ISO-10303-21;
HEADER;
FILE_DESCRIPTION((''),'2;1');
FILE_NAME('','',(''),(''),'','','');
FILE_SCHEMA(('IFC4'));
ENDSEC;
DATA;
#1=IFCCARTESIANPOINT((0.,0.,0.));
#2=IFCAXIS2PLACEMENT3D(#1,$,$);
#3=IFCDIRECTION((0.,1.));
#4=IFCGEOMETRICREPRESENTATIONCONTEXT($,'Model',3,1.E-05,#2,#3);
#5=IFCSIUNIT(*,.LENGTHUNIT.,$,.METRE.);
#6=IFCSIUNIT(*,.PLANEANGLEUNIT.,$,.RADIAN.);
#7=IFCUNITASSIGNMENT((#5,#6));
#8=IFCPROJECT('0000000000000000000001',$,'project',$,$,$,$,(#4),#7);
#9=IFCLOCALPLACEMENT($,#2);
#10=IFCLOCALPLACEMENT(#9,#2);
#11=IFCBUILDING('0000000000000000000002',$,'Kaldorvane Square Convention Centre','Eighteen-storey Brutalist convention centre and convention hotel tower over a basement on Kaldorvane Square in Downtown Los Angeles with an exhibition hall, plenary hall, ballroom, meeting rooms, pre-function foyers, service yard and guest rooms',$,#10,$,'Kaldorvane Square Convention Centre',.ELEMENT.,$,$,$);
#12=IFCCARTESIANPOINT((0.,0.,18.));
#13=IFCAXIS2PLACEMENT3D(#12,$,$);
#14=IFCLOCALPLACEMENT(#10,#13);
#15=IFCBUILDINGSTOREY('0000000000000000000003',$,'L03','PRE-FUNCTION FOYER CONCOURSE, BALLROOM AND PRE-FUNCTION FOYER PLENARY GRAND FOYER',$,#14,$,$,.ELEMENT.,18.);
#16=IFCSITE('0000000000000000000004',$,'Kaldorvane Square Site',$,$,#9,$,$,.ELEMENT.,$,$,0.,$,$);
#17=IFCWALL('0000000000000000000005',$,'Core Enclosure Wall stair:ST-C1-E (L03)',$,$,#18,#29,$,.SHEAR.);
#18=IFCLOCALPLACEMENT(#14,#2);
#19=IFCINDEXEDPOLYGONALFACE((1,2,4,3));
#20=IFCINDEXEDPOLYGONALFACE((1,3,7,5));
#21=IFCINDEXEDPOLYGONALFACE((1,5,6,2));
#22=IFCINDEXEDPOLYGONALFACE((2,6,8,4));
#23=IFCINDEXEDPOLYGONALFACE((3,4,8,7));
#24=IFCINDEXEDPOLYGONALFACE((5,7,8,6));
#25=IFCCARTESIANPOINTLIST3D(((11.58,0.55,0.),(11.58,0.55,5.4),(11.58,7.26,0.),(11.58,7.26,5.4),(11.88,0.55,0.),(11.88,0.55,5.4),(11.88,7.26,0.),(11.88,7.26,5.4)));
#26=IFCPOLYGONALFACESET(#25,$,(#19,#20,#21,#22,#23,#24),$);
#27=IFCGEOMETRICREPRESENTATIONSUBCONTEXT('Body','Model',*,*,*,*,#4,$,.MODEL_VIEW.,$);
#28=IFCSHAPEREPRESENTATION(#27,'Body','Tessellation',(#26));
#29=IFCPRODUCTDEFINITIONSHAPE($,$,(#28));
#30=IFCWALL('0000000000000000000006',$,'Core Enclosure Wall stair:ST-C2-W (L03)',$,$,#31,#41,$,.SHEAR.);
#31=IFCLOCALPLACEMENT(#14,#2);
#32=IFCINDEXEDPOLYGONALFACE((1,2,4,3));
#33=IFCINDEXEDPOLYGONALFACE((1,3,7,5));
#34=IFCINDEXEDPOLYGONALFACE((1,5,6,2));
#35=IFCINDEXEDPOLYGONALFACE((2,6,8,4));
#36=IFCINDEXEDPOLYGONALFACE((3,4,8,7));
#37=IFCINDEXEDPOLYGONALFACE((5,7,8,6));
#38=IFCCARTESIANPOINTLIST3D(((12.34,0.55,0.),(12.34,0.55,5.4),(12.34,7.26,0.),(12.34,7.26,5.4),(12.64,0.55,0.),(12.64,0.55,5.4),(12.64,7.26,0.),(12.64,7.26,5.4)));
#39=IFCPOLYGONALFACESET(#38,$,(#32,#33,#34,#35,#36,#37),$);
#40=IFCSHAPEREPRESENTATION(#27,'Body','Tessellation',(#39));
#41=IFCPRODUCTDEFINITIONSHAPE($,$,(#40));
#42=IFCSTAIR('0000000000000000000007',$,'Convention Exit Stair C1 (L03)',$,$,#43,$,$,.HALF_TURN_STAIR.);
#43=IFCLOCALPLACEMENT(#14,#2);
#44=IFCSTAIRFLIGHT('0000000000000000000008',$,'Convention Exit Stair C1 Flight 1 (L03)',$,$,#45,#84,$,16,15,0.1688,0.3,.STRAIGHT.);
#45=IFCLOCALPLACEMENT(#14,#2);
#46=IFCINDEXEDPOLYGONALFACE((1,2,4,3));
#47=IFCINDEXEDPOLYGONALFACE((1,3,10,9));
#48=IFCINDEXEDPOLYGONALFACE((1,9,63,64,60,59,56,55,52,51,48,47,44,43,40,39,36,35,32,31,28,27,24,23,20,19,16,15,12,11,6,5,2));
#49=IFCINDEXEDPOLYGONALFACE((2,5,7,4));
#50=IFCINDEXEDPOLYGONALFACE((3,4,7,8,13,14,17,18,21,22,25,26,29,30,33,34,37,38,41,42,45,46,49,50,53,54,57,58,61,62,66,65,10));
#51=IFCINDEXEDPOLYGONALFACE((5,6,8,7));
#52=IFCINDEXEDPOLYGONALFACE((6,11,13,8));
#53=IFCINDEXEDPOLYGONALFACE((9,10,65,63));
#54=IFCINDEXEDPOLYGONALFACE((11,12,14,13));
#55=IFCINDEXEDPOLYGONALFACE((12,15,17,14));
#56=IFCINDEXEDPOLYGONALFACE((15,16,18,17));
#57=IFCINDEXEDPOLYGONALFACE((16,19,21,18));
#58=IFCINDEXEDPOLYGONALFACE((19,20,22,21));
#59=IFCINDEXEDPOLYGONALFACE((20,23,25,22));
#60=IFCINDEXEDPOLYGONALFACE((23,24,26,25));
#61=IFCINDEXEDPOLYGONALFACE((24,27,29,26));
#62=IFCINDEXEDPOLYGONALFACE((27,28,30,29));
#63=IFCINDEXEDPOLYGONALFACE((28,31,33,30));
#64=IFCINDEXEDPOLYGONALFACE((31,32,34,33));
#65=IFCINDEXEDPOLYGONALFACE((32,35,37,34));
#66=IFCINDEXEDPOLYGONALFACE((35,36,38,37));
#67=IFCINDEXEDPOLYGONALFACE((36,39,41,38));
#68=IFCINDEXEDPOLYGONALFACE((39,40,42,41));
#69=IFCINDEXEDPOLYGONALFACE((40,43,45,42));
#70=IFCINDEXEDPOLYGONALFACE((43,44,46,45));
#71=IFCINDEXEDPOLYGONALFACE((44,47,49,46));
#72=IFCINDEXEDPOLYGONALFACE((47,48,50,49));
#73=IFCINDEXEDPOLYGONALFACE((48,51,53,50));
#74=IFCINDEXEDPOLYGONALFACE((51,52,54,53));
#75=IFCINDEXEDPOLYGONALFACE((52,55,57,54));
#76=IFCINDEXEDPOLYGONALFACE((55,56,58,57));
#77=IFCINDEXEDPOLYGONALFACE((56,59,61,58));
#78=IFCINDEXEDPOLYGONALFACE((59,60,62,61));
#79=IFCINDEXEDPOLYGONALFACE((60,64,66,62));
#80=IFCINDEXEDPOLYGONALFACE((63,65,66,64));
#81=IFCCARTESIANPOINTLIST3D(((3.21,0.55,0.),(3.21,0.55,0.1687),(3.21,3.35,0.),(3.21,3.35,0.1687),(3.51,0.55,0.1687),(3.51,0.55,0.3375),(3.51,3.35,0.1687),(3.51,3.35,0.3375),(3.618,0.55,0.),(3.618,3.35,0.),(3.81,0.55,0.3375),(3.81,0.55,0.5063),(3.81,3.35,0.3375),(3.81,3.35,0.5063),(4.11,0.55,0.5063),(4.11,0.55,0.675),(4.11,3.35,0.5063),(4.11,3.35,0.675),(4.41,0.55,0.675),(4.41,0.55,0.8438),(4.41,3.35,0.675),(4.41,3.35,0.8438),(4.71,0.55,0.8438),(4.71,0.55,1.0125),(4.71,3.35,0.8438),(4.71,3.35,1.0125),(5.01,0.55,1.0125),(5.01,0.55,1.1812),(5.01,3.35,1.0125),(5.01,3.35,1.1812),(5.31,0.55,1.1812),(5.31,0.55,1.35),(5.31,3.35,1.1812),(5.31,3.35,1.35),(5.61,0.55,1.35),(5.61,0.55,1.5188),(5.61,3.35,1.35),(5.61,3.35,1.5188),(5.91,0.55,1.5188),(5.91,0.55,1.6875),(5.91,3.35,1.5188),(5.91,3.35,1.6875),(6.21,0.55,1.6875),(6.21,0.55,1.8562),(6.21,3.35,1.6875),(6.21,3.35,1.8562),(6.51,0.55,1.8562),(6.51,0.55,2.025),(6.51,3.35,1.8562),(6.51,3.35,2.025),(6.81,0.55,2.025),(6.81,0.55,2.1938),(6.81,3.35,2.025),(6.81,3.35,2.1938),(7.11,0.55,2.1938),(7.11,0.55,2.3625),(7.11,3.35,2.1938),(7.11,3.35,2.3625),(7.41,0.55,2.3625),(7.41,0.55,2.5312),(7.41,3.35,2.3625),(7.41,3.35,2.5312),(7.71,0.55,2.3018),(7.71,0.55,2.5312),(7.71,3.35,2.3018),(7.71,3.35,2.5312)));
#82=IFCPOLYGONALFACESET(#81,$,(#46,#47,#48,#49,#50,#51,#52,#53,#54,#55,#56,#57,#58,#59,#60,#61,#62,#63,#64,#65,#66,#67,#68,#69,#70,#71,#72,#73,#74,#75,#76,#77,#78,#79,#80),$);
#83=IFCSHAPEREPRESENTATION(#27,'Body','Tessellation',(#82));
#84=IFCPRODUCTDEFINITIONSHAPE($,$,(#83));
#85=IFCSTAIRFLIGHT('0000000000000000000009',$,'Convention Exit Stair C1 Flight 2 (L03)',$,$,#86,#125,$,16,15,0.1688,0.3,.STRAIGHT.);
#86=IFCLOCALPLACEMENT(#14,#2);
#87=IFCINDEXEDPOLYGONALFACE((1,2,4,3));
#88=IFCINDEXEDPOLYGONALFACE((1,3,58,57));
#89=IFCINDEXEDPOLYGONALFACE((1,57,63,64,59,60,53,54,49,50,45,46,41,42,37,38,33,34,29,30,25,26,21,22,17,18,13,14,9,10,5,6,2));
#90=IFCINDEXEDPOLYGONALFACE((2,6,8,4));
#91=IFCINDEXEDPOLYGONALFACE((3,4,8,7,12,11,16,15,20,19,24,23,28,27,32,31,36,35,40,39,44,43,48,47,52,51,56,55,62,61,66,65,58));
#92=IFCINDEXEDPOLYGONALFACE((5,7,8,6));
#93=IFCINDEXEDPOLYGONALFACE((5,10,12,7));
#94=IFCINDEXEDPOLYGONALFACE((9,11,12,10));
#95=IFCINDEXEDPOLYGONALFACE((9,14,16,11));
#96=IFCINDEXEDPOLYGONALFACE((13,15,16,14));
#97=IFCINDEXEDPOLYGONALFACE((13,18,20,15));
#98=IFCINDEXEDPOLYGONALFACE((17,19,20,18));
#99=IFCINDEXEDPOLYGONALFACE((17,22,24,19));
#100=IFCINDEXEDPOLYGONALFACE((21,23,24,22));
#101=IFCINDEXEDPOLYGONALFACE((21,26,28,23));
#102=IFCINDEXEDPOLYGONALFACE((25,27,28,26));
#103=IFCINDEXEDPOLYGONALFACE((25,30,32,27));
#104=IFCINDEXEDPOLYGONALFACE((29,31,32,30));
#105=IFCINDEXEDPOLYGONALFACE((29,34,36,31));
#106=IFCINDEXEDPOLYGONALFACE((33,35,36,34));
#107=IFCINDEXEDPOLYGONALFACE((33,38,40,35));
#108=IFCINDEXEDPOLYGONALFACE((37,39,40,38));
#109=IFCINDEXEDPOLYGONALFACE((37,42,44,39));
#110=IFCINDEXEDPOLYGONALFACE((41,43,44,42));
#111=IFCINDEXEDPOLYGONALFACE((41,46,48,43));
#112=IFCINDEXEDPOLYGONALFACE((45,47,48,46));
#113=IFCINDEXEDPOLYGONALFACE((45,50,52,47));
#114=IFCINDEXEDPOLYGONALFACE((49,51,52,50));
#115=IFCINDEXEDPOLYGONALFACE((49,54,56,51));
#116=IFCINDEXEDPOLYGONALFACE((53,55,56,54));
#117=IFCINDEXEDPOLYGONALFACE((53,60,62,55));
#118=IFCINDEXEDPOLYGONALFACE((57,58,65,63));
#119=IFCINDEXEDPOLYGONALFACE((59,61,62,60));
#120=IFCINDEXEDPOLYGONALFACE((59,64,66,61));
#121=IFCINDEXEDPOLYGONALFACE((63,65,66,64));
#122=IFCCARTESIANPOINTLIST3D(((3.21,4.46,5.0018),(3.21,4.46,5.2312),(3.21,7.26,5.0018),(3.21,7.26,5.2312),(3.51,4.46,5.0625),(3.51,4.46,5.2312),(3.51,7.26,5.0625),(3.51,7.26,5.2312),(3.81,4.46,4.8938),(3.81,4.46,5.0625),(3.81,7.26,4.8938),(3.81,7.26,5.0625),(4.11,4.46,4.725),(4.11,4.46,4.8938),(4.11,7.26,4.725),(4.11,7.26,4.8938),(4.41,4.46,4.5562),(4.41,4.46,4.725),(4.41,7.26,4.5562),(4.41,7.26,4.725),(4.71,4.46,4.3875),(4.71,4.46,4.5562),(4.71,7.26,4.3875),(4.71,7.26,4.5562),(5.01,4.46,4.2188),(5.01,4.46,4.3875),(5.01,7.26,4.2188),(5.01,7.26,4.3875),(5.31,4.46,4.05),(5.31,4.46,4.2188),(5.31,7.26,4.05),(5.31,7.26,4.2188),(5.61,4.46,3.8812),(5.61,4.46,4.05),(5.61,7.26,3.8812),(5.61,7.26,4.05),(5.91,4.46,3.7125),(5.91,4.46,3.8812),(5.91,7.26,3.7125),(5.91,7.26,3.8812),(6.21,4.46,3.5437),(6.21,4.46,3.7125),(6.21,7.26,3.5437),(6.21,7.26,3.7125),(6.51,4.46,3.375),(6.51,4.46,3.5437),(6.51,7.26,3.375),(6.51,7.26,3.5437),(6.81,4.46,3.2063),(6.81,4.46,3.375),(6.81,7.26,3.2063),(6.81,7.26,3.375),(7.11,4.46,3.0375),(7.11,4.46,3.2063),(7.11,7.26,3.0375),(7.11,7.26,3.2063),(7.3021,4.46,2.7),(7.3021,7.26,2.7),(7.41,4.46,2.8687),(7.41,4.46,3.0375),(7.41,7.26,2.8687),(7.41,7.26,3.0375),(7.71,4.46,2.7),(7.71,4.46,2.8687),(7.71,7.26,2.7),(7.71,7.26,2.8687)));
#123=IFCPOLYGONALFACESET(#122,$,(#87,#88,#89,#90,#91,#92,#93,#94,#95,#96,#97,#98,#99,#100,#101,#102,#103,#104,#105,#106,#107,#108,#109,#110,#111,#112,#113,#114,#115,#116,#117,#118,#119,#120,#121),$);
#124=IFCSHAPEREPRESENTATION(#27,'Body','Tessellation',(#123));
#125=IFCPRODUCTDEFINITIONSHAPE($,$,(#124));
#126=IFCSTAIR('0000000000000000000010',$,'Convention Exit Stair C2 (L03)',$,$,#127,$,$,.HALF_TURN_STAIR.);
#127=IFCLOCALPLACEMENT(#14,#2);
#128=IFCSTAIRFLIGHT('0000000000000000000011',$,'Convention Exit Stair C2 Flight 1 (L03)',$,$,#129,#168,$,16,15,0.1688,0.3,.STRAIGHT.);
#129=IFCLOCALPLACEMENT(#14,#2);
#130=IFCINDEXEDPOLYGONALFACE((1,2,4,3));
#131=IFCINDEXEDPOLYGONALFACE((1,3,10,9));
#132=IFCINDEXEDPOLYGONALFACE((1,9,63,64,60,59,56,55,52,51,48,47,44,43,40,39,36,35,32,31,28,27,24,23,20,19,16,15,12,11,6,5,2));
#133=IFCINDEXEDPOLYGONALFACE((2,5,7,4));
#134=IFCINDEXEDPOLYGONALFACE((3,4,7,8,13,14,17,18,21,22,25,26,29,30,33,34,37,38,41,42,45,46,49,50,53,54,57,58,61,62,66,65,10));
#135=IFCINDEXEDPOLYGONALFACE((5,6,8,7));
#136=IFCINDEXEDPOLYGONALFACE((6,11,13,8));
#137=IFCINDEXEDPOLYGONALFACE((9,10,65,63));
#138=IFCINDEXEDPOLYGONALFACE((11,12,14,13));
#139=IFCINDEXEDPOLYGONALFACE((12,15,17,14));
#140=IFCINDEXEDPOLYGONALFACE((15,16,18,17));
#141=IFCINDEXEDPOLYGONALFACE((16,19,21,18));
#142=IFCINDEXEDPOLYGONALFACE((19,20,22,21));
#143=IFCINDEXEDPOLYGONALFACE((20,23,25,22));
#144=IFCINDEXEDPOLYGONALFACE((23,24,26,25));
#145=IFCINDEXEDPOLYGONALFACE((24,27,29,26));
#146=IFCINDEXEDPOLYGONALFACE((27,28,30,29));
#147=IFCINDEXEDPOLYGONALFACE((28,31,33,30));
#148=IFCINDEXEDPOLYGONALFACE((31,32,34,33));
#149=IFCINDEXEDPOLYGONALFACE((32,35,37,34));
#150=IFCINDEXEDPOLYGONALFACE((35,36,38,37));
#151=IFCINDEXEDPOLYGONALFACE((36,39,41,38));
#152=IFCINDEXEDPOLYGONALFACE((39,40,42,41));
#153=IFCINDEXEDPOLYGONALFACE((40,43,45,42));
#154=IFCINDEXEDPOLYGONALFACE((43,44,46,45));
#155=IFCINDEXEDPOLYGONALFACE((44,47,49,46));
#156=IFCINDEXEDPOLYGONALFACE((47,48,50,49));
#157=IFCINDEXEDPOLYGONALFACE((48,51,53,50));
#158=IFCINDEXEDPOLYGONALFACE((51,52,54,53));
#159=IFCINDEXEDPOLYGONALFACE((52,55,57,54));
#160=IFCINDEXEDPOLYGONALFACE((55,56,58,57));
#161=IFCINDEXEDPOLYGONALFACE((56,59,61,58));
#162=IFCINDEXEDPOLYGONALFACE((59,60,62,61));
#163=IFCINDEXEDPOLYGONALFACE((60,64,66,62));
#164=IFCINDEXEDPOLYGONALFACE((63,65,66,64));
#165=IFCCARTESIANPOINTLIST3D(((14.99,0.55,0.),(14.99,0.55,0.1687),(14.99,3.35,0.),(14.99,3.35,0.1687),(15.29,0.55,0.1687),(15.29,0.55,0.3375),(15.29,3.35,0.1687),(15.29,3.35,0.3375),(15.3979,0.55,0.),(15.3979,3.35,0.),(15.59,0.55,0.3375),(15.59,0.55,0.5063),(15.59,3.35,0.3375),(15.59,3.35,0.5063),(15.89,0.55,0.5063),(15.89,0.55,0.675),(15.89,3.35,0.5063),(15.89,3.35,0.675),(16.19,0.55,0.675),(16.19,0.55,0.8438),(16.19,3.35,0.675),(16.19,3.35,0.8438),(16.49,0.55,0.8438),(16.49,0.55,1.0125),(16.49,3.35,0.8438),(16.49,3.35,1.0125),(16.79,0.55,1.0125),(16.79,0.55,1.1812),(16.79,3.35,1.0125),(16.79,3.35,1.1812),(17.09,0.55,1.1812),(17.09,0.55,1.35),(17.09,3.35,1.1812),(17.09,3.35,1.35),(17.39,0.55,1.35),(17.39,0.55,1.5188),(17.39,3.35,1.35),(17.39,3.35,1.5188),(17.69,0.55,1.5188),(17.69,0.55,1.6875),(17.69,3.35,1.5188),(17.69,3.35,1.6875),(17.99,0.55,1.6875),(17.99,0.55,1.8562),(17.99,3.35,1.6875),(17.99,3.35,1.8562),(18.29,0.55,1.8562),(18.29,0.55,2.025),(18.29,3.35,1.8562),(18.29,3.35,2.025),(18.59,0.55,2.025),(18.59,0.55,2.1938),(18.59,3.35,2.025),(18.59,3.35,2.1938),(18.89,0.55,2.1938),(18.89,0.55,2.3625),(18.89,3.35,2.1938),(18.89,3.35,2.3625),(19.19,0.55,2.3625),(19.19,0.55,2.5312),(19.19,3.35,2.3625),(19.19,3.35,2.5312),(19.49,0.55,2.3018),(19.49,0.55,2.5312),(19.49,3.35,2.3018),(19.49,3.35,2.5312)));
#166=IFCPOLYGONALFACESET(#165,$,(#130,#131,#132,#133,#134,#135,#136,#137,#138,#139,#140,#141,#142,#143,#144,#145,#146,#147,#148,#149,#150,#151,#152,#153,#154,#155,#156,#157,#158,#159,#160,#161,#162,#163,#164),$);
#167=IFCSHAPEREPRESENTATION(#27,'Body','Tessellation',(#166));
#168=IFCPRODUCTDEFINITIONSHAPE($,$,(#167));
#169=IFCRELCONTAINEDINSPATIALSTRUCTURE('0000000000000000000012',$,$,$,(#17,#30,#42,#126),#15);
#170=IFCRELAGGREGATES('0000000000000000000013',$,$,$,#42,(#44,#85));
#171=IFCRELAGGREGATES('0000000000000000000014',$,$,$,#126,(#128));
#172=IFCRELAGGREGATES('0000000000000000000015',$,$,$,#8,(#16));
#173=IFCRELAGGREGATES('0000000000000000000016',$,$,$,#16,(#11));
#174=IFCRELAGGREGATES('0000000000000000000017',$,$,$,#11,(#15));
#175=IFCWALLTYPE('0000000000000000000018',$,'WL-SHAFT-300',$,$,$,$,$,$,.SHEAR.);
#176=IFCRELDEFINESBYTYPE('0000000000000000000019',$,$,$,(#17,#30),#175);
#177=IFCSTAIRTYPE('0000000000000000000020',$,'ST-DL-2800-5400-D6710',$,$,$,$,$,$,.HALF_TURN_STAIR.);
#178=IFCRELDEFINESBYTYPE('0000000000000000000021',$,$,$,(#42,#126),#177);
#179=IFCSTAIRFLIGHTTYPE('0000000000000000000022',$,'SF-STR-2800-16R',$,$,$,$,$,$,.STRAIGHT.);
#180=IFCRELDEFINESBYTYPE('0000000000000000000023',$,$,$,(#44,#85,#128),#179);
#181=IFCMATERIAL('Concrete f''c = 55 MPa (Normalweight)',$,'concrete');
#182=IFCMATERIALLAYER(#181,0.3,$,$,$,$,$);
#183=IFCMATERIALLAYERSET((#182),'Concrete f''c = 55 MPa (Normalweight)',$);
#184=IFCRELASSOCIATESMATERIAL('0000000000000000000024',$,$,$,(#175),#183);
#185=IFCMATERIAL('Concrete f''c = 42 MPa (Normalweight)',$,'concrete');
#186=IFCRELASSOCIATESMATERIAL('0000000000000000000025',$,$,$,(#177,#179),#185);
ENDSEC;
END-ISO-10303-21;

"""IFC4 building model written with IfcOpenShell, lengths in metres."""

from ifc_helpers import new_model, si_unit, direction, frame, frame_2d, origin, place, context, subcontext, project, spatial, polyline, rectangle, outline, extrude, material, layer, layer_set, type_object, element, aggregate, save


model = new_model("IFC4")

# Units and contexts
model_context = context("Model", 3, precision=1e-05, world=origin(), true_north=direction((0.0, 1.0)))
body_context = subcontext(model_context, "Body", "Model", "MODEL_VIEW")
ifc_project = project(units=[si_unit("LENGTHUNIT", "METRE"), si_unit("PLANEANGLEUNIT", "RADIAN")], contexts=[model_context])

# Site, building, storey
site_placement = place(None, origin())
site = spatial("IfcSite", under=ifc_project, at=site_placement, Name="Kaldorvane Square Site", CompositionType="ELEMENT", RefElevation=0.0)
building_placement = place(site_placement, origin())
building = spatial("IfcBuilding", under=site, at=building_placement, Name="Kaldorvane Square Convention Centre", Description="Eighteen-storey Brutalist convention centre and convention hotel tower over a basement on Kaldorvane Square in Downtown Los Angeles with an exhibition hall, plenary hall, ballroom, meeting rooms, pre-function foyers, service yard and guest rooms", LongName="Kaldorvane Square Convention Centre", CompositionType="ELEMENT")
storey_placement = place(building_placement, frame((0.0, 0.0, 18.0)))
storey = spatial("IfcBuildingStorey", under=building, at=storey_placement, Name="L03", Description="PRE-FUNCTION FOYER CONCOURSE, BALLROOM AND PRE-FUNCTION FOYER PLENARY GRAND FOYER", CompositionType="ELEMENT", Elevation=18.0)

# Shared definitions
ifc_material_1 = material(Name="Concrete f'c = 42 MPa (Normalweight)", Category="concrete")

# Shared definitions
ifc_material_2 = material(Name="Concrete f'c = 55 MPa (Normalweight)", Category="concrete")
ifc_layer_1 = layer(ifc_material_2, 0.3)
ifc_layer_set_1 = layer_set([ifc_layer_1], Name="Concrete f'c = 55 MPa (Normalweight)")
wall_type_1 = type_object("IfcWallType", Name="WL-SHAFT-300", PredefinedType="SHEAR", material=ifc_layer_set_1)

# Walls
for number, where, z_axis, x_axis, name in (
    (1, (11.73, 0.55, 0.0), (0.0, 0.0, 1.0), (0.0, 1.0, 0.0), "Core Enclosure Wall stair:ST-C1-E (L03)"),
    (2, (12.49, 7.26, 0.0), (0.0, 0.0, 1.0), (0.0, -1.0, 0.0), "Core Enclosure Wall stair:ST-C2-W (L03)"),
):
    element("IfcWall", number, at=place(storey_placement, frame(where, z_axis=z_axis, x_axis=x_axis)), inside=storey, type_object=wall_type_1, Name=name, PredefinedType="SHEAR", context=body_context, shape_type="SweptSolid", body=[
        extrude(rectangle(XDim=6.71, YDim=0.3, at=frame_2d((3.355, 0.0))), origin(), (0.0, 0.0, 1.0), 5.4),
    ])

# Stair, stair flights
stair_type = type_object("IfcStairType", Name="ST-DL-2800-5400-D6710", PredefinedType="HALF_TURN_STAIR", material=ifc_material_1)
stair_1_placement = place(storey_placement, origin())
stair_1 = element("IfcStair", 3, at=stair_1_placement, inside=storey, type_object=stair_type, Name="Convention Exit Stair C1 (L03)", PredefinedType="HALF_TURN_STAIR")
stair_flight_type = type_object("IfcStairFlightType", Name="SF-STR-2800-16R", PredefinedType="STRAIGHT", material=ifc_material_1)
stair_flight_1_placement = place(storey_placement, frame((3.21, 1.95, 0.0), z_axis=(0.0, 0.0, 1.0), x_axis=(1.0, 0.0, 0.0)))
stair_flight_1 = element("IfcStairFlight", 4, at=stair_flight_1_placement, type_object=stair_flight_type, Name="Convention Exit Stair C1 Flight 1 (L03)", NumberOfRisers=16, NumberOfTreads=15, PredefinedType="STRAIGHT", RiserHeight=0.1688, TreadLength=0.3, context=body_context, shape_type="SweptSolid", body=[
    extrude(outline(polyline([(0.0, 0.0), (0.0, 0.1687), (0.3, 0.1687), (0.3, 0.3375), (0.6, 0.3375), (0.6, 0.5063), (0.9, 0.5063), (0.9, 0.675), (1.2, 0.675), (1.2, 0.8438), (1.5, 0.8438), (1.5, 1.0125), (1.8, 1.0125), (1.8, 1.1812), (2.1, 1.1812), (2.1, 1.35), (2.4, 1.35), (2.4, 1.5188), (2.7, 1.5188), (2.7, 1.6875), (3.0, 1.6875), (3.0, 1.8562), (3.3, 1.8562), (3.3, 2.025), (3.6, 2.025), (3.6, 2.1938), (3.9, 2.1938), (3.9, 2.3625), (4.2, 2.3625), (4.2, 2.5312), (4.5, 2.5312), (4.5, 2.7), (4.5, 2.3018), (0.4079, 0.0), (0.0, 0.0)])), frame((0.0, 1.4, 0.0), z_axis=(0.0, -1.0, 0.0), x_axis=(1.0, 0.0, 0.0)), (0.0, 0.0, 1.0), 2.8),
])
stair_flight_2_placement = place(storey_placement, frame((7.71, 5.86, 2.7), z_axis=(0.0, 0.0, 1.0), x_axis=(-1.0, 0.0, 0.0)))
stair_flight_2 = element("IfcStairFlight", 5, at=stair_flight_2_placement, type_object=stair_flight_type, Name="Convention Exit Stair C1 Flight 2 (L03)", NumberOfRisers=16, NumberOfTreads=15, PredefinedType="STRAIGHT", RiserHeight=0.1688, TreadLength=0.3, context=body_context, shape_type="SweptSolid", body=[
    extrude(outline(polyline([(0.0, 0.0), (0.0, 0.1687), (0.3, 0.1687), (0.3, 0.3375), (0.6, 0.3375), (0.6, 0.5063), (0.9, 0.5063), (0.9, 0.675), (1.2, 0.675), (1.2, 0.8438), (1.5, 0.8438), (1.5, 1.0125), (1.8, 1.0125), (1.8, 1.1812), (2.1, 1.1812), (2.1, 1.35), (2.4, 1.35), (2.4, 1.5188), (2.7, 1.5188), (2.7, 1.6875), (3.0, 1.6875), (3.0, 1.8562), (3.3, 1.8562), (3.3, 2.025), (3.6, 2.025), (3.6, 2.1938), (3.9, 2.1938), (3.9, 2.3625), (4.2, 2.3625), (4.2, 2.5312), (4.5, 2.5312), (4.5, 2.7), (4.5, 2.3018), (0.4079, 0.0), (0.0, 0.0)])), frame((0.0, 1.4, 0.0), z_axis=(0.0, -1.0, 0.0), x_axis=(1.0, 0.0, 0.0)), (0.0, 0.0, 1.0), 2.8),
])
aggregate(stair_1, [stair_flight_1, stair_flight_2])

# Stair, stair flight
stair_2_placement = place(storey_placement, origin())
stair_2 = element("IfcStair", 6, at=stair_2_placement, inside=storey, type_object=stair_type, Name="Convention Exit Stair C2 (L03)", PredefinedType="HALF_TURN_STAIR")
stair_flight_3_placement = place(storey_placement, frame((14.99, 1.95, 0.0), z_axis=(0.0, 0.0, 1.0), x_axis=(1.0, 0.0, 0.0)))
stair_flight_3 = element("IfcStairFlight", 7, at=stair_flight_3_placement, type_object=stair_flight_type, Name="Convention Exit Stair C2 Flight 1 (L03)", NumberOfRisers=16, NumberOfTreads=15, PredefinedType="STRAIGHT", RiserHeight=0.1688, TreadLength=0.3, context=body_context, shape_type="SweptSolid", body=[
    extrude(outline(polyline([(0.0, 0.0), (0.0, 0.1687), (0.3, 0.1687), (0.3, 0.3375), (0.6, 0.3375), (0.6, 0.5063), (0.9, 0.5063), (0.9, 0.675), (1.2, 0.675), (1.2, 0.8438), (1.5, 0.8438), (1.5, 1.0125), (1.8, 1.0125), (1.8, 1.1812), (2.1, 1.1812), (2.1, 1.35), (2.4, 1.35), (2.4, 1.5188), (2.7, 1.5188), (2.7, 1.6875), (3.0, 1.6875), (3.0, 1.8562), (3.3, 1.8562), (3.3, 2.025), (3.6, 2.025), (3.6, 2.1938), (3.9, 2.1938), (3.9, 2.3625), (4.2, 2.3625), (4.2, 2.5312), (4.5, 2.5312), (4.5, 2.7), (4.5, 2.3018), (0.4079, 0.0), (0.0, 0.0)])), frame((0.0, 1.4, 0.0), z_axis=(0.0, -1.0, 0.0), x_axis=(1.0, 0.0, 0.0)), (0.0, 0.0, 1.0), 2.8),
])
aggregate(stair_2, [stair_flight_3])

save(model, "model.ifc")
